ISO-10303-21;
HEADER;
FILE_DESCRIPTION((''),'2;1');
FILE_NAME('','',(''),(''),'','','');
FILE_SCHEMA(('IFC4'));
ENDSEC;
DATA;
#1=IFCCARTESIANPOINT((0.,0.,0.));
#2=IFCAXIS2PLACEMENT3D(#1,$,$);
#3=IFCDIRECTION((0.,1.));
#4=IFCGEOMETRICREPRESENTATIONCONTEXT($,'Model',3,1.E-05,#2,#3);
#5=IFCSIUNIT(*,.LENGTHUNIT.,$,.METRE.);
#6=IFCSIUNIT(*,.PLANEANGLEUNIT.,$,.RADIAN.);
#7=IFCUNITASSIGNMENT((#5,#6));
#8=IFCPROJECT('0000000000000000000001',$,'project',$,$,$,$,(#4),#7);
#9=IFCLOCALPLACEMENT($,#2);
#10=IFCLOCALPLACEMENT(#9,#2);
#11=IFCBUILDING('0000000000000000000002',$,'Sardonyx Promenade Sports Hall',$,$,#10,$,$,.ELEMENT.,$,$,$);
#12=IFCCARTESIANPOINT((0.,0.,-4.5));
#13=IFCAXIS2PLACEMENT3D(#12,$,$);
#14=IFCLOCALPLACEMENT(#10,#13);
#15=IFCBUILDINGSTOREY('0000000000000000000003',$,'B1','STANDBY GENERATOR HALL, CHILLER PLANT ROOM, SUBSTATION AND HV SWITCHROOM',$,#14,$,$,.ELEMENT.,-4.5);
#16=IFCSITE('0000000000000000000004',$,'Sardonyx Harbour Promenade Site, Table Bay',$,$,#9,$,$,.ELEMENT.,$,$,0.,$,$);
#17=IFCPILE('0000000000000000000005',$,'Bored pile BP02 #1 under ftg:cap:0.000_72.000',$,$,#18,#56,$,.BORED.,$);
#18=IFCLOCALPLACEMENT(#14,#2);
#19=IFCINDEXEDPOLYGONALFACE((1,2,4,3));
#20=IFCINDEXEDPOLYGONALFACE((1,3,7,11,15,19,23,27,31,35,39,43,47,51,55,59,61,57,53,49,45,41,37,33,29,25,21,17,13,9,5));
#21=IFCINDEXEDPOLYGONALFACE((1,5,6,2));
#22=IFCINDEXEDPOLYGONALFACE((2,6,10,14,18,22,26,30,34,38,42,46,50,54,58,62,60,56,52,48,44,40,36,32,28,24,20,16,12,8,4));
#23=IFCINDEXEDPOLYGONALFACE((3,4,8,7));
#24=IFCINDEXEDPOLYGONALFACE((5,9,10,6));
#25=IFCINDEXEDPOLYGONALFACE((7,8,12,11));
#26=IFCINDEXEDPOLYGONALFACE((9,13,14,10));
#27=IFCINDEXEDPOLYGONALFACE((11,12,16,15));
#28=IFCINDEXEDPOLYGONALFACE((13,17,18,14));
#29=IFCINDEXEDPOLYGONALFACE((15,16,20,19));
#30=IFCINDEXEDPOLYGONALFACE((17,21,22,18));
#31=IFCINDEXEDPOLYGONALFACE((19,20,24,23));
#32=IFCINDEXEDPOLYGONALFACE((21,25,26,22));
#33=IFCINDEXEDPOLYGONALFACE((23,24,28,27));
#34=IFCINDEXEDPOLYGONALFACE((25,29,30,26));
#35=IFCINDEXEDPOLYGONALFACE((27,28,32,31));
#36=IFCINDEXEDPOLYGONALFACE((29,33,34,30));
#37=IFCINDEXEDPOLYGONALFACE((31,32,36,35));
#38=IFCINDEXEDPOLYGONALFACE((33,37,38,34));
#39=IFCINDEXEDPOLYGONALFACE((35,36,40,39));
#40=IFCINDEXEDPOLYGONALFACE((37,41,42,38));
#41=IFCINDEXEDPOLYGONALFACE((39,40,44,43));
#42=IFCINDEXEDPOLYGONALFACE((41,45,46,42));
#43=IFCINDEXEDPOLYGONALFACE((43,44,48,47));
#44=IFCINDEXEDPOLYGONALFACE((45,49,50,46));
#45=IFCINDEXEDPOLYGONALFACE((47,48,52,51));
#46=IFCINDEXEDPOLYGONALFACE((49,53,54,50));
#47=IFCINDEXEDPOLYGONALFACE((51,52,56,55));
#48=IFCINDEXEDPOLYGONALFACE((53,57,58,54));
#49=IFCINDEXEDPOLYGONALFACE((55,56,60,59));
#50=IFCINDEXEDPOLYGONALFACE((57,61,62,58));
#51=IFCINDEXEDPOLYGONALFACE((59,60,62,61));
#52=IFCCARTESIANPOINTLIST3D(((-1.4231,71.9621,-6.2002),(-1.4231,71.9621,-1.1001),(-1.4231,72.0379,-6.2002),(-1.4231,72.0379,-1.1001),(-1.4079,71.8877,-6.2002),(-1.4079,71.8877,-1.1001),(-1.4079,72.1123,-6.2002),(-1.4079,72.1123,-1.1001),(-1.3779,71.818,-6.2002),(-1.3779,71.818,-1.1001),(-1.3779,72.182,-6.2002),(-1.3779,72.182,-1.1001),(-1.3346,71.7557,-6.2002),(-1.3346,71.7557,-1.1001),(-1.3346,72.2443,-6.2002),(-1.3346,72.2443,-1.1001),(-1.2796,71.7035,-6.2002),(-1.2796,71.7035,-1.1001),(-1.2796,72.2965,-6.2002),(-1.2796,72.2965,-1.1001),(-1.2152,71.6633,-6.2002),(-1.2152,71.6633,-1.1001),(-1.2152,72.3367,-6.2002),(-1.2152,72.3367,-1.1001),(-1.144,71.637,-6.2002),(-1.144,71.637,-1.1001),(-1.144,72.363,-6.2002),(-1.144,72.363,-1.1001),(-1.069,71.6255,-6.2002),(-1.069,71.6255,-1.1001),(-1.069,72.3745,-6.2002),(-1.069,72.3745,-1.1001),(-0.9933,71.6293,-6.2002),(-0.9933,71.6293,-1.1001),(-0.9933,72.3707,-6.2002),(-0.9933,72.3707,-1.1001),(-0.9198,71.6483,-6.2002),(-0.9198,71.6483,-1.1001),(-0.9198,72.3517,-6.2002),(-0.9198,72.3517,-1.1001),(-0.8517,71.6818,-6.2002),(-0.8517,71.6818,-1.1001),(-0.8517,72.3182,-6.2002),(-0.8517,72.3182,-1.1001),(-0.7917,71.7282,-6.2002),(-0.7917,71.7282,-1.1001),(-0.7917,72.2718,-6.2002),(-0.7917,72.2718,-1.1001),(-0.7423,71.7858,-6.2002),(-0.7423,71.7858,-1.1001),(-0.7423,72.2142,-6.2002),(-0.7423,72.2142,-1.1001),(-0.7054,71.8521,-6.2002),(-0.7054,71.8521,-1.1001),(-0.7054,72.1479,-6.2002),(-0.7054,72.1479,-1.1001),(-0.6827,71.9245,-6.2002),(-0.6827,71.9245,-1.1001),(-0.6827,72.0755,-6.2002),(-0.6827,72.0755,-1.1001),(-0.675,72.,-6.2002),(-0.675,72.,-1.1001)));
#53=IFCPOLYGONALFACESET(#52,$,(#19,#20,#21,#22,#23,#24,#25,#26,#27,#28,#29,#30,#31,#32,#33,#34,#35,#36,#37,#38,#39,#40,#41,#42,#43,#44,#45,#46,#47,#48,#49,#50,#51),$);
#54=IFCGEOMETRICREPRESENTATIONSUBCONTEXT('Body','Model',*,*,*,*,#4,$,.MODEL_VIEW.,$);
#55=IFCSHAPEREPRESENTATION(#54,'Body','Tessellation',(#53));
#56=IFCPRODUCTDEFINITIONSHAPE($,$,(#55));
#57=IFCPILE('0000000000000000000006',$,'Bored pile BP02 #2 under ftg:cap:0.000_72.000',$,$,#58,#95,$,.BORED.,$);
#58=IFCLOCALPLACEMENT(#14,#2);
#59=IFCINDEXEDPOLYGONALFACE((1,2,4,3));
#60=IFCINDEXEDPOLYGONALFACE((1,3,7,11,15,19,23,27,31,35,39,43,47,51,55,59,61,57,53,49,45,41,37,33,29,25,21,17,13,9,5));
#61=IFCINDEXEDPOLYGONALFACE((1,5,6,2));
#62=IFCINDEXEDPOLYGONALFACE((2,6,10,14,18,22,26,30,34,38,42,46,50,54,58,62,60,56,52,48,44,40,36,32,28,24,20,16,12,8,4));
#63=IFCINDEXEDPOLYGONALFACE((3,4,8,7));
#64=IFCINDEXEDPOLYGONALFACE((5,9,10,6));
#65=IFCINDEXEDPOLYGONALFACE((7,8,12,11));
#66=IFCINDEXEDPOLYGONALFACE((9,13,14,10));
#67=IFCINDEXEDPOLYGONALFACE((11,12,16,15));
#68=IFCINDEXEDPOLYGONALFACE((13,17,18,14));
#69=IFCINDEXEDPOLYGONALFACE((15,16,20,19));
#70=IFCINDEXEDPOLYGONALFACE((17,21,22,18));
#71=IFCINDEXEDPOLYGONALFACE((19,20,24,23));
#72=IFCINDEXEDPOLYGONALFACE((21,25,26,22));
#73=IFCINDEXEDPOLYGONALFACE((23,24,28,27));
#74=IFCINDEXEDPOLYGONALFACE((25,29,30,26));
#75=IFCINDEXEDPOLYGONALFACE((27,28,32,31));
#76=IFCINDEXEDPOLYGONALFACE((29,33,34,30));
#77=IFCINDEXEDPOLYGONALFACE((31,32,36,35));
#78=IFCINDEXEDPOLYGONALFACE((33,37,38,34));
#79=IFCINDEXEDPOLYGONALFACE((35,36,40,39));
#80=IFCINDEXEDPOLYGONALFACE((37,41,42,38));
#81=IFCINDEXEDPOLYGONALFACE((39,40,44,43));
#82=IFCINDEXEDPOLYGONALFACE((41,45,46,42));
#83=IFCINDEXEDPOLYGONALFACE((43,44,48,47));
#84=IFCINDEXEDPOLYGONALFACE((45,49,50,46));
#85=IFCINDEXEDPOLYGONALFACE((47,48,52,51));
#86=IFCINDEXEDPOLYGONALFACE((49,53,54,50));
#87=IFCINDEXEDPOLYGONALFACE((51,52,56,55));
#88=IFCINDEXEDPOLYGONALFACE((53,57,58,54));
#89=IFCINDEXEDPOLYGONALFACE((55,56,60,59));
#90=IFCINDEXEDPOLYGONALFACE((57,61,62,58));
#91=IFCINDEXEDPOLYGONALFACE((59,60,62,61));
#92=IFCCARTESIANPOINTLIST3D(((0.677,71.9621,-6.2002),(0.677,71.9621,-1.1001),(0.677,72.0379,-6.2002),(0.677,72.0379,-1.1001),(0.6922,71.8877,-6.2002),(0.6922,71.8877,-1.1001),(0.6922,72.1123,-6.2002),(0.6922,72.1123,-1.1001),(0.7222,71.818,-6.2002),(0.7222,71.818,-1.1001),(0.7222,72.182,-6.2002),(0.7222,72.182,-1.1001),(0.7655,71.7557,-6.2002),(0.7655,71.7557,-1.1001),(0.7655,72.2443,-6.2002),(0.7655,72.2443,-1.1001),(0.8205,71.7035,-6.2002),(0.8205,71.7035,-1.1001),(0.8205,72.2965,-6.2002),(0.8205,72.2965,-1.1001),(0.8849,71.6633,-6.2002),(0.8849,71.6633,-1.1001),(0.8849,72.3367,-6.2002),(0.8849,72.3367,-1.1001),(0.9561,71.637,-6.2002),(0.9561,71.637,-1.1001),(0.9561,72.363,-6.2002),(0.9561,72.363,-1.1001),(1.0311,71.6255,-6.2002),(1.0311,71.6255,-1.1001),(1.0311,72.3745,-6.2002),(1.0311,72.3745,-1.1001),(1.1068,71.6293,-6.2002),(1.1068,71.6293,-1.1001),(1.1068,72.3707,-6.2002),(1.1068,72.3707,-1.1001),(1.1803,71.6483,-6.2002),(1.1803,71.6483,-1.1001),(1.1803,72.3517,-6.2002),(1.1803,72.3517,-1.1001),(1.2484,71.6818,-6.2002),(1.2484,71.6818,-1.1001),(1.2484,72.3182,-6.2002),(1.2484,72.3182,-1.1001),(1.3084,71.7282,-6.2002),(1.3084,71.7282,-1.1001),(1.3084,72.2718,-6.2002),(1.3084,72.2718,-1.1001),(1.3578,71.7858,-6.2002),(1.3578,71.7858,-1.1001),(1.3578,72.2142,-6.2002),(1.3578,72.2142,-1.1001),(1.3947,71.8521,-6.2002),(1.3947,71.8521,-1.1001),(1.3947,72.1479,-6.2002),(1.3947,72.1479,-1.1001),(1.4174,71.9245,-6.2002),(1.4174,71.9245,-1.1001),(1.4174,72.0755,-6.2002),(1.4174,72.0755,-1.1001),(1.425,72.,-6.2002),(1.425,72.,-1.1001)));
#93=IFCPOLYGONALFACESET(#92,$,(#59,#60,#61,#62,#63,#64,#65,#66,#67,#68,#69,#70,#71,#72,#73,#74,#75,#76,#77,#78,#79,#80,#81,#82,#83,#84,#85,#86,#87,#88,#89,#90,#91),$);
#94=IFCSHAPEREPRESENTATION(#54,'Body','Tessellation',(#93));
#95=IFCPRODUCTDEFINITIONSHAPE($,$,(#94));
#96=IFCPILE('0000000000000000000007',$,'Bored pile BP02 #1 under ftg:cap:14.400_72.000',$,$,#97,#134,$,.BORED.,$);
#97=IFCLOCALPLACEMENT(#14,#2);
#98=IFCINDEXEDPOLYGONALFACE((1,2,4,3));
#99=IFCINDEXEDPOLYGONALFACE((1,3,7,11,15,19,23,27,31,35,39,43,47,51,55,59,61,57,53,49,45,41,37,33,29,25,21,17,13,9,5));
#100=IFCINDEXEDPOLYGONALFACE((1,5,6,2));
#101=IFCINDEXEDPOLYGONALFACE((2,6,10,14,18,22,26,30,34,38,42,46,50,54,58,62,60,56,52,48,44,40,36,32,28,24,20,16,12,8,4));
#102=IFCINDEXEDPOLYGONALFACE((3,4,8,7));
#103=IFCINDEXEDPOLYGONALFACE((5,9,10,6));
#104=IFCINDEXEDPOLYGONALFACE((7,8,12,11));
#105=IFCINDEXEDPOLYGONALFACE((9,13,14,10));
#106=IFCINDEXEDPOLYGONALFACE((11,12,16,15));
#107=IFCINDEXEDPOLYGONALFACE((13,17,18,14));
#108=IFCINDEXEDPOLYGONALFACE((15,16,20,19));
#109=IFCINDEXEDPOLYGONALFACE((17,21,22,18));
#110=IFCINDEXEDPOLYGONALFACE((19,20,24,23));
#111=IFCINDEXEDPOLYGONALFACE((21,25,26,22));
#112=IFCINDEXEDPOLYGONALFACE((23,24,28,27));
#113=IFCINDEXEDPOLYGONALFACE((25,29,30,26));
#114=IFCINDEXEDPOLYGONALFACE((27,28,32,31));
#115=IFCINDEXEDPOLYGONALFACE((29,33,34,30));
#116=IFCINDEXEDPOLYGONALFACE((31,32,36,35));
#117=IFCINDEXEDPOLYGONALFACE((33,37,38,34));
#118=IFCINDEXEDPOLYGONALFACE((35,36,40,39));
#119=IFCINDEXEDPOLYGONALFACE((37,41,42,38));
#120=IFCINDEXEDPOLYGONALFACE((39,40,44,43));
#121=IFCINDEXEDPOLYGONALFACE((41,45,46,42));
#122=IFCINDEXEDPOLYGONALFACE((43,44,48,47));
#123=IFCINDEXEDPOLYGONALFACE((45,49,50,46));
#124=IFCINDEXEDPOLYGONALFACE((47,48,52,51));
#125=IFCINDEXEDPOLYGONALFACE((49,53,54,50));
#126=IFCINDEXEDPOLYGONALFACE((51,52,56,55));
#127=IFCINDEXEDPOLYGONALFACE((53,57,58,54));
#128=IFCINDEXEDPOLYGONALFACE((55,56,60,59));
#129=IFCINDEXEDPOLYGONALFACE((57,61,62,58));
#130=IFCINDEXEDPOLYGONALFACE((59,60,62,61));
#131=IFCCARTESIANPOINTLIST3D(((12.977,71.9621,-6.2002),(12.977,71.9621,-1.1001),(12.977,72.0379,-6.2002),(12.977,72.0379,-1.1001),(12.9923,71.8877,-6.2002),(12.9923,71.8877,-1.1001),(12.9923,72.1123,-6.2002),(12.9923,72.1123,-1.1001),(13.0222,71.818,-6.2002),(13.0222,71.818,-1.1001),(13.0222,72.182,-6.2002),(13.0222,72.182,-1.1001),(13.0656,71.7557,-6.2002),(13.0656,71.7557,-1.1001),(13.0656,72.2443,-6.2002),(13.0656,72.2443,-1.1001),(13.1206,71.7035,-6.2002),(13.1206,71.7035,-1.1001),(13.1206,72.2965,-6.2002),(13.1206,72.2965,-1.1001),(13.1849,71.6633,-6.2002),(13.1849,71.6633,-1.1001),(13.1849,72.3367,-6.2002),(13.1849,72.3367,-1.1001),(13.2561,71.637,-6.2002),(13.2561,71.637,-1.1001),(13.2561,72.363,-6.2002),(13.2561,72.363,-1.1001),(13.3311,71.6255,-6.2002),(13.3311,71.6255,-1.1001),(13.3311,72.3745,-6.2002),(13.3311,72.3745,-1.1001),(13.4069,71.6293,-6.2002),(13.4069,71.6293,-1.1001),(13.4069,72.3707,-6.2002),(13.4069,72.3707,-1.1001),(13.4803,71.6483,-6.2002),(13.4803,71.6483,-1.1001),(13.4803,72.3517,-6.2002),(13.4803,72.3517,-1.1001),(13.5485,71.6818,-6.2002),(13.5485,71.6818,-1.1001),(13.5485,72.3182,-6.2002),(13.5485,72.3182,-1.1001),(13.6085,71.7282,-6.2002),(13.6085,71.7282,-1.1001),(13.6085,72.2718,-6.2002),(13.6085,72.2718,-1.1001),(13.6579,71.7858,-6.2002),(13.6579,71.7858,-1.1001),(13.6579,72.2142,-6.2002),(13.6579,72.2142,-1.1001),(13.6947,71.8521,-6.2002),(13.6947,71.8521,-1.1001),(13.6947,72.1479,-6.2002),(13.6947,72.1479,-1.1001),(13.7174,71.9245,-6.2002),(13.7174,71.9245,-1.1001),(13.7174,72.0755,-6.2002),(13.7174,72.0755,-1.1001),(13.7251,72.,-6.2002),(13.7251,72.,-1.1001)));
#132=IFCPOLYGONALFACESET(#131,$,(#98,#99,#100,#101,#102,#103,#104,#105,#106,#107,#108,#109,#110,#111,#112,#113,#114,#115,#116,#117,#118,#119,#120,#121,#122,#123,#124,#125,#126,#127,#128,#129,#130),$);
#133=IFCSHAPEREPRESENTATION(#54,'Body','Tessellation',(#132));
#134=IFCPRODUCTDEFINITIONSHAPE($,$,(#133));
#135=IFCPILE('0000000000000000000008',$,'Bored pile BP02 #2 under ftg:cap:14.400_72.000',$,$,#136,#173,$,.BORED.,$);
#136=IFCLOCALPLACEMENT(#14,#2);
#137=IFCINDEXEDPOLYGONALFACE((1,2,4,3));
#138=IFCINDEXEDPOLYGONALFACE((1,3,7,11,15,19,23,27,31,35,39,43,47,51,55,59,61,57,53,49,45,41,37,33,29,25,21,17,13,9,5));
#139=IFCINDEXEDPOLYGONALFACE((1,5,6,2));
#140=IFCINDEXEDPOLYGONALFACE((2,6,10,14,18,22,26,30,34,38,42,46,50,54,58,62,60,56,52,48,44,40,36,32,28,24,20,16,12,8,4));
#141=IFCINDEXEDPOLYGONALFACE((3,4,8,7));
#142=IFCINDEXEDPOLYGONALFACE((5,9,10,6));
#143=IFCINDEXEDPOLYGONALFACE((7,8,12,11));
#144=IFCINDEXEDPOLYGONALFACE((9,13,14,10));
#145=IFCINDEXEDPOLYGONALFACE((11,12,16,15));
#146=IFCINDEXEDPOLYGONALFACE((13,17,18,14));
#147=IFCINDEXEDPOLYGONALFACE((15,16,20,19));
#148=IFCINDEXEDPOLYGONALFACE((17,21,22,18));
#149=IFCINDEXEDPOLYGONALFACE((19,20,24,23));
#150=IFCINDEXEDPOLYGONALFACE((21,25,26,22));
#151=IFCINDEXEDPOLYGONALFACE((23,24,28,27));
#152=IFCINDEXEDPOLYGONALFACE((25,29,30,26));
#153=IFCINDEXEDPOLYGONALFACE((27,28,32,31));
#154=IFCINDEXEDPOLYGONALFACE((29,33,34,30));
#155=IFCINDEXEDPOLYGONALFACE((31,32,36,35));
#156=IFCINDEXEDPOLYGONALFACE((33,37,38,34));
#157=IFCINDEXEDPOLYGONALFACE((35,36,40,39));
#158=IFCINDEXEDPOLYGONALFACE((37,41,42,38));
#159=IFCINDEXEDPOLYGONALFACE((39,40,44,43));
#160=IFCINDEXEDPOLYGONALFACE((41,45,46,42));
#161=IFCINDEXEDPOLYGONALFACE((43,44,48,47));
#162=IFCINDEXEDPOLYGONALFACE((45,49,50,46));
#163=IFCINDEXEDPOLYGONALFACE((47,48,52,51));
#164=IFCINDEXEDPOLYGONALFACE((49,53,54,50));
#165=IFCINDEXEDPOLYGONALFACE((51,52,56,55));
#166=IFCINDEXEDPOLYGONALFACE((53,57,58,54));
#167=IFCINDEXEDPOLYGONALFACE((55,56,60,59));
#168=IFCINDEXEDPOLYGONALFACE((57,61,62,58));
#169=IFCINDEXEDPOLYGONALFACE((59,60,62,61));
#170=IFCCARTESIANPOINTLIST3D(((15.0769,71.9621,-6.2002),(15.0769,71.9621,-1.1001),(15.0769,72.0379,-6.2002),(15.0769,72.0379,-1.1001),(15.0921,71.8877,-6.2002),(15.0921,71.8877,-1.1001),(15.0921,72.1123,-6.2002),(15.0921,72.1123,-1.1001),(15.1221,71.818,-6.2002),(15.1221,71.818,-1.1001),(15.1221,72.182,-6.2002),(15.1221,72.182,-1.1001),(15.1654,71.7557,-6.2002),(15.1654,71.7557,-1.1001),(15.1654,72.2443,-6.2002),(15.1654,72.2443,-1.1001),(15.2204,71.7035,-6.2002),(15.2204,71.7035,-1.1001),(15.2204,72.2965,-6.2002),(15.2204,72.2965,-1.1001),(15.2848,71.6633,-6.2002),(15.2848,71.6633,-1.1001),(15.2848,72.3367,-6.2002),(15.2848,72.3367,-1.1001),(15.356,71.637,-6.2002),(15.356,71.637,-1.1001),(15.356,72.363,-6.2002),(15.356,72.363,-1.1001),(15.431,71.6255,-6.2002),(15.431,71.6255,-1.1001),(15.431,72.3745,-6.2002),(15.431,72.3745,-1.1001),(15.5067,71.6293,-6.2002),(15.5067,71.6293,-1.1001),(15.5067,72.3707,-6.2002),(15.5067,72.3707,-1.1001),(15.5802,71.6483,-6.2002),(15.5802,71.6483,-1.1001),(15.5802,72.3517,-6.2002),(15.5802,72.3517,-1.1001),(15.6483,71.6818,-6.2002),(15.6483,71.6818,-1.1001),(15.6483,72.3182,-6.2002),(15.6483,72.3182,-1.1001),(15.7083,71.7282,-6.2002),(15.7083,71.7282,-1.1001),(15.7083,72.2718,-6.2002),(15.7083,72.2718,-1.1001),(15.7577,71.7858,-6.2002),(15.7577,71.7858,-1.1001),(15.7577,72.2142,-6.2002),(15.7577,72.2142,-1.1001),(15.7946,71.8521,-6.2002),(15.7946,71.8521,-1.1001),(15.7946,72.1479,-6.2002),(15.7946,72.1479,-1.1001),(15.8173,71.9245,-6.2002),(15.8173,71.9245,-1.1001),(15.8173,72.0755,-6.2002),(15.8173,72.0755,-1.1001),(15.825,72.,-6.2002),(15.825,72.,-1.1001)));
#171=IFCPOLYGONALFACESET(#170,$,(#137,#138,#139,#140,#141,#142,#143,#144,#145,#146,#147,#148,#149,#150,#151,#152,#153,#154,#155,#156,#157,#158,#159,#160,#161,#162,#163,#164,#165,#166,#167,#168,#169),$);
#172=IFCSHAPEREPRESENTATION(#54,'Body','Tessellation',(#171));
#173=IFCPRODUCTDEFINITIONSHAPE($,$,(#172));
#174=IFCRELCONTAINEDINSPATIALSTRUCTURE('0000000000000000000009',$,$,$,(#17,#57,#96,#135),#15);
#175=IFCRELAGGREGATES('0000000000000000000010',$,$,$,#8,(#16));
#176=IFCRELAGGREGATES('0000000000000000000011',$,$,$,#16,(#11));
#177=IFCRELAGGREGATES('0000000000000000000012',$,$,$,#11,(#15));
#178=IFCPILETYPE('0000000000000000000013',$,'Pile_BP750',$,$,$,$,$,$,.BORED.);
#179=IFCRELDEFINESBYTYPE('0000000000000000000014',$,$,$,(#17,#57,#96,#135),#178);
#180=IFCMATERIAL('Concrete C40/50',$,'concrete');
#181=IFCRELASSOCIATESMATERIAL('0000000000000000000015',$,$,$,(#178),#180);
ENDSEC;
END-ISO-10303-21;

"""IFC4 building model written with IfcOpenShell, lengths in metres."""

from ifc_helpers import new_model, si_unit, direction, frame, origin, origin_2d, place, context, subcontext, project, spatial, circle, extrude, material, material_profile, profile_set, type_object, element, save


model = new_model("IFC4")

# Units and contexts
model_context = context("Model", 3, precision=1e-05, world=origin(), true_north=direction((0.0, 1.0)))
body_context = subcontext(model_context, "Body", "Model", "MODEL_VIEW")
ifc_project = project(units=[si_unit("LENGTHUNIT", "METRE"), si_unit("PLANEANGLEUNIT", "RADIAN")], contexts=[model_context])

# Site, building, storey
site_placement = place(None, origin())
site = spatial("IfcSite", under=ifc_project, at=site_placement, Name="Sardonyx Harbour Promenade Site, Table Bay", CompositionType="ELEMENT", RefElevation=0.0)
building_placement = place(site_placement, origin())
building = spatial("IfcBuilding", under=site, at=building_placement, Name="Sardonyx Promenade Sports Hall", CompositionType="ELEMENT")
storey_placement = place(building_placement, frame((0.0, 0.0, -4.5)))
storey = spatial("IfcBuildingStorey", under=building, at=storey_placement, Name="B1", Description="STANDBY GENERATOR HALL, CHILLER PLANT ROOM, SUBSTATION AND HV SWITCHROOM", CompositionType="ELEMENT", Elevation=-4.5)

# Piles
ifc_material_1 = material(Name="Concrete C40/50", Category="concrete")
ifc_material_profile_1 = material_profile(ifc_material_1, circle(Radius=0.375, at=origin_2d()))
ifc_profile_set_1 = profile_set([ifc_material_profile_1], Name="Concrete C40/50")
pile_type_1 = type_object("IfcPileType", Name="Pile_BP750", PredefinedType="BORED", material=ifc_profile_set_1)
for number, where, z_axis, x_axis, name in (
    (1, (-1.05, 72.0, -1.1001), (0.0, 0.0, -1.0), (1.0, 0.0, 0.0), "Bored pile BP02 #1 under ftg:cap:0.000_72.000"),
    (2, (1.05, 72.0, -1.1001), (0.0, 0.0, -1.0), (1.0, 0.0, 0.0), "Bored pile BP02 #2 under ftg:cap:0.000_72.000"),
    (3, (13.3501, 72.0, -1.1001), (0.0, 0.0, -1.0), (1.0, 0.0, 0.0), "Bored pile BP02 #1 under ftg:cap:14.400_72.000"),
    (4, (15.45, 72.0, -1.1001), (0.0, 0.0, -1.0), (1.0, 0.0, 0.0), "Bored pile BP02 #2 under ftg:cap:14.400_72.000"),
):
    element("IfcPile", number, at=place(storey_placement, frame(where, z_axis=z_axis, x_axis=x_axis)), inside=storey, type_object=pile_type_1, Name=name, PredefinedType="BORED", context=body_context, shape_type="SweptSolid", body=[
        extrude(circle(Radius=0.375, at=origin_2d()), origin(), (0.0, 0.0, 1.0), 5.1001),
    ])

save(model, "model.ifc")
